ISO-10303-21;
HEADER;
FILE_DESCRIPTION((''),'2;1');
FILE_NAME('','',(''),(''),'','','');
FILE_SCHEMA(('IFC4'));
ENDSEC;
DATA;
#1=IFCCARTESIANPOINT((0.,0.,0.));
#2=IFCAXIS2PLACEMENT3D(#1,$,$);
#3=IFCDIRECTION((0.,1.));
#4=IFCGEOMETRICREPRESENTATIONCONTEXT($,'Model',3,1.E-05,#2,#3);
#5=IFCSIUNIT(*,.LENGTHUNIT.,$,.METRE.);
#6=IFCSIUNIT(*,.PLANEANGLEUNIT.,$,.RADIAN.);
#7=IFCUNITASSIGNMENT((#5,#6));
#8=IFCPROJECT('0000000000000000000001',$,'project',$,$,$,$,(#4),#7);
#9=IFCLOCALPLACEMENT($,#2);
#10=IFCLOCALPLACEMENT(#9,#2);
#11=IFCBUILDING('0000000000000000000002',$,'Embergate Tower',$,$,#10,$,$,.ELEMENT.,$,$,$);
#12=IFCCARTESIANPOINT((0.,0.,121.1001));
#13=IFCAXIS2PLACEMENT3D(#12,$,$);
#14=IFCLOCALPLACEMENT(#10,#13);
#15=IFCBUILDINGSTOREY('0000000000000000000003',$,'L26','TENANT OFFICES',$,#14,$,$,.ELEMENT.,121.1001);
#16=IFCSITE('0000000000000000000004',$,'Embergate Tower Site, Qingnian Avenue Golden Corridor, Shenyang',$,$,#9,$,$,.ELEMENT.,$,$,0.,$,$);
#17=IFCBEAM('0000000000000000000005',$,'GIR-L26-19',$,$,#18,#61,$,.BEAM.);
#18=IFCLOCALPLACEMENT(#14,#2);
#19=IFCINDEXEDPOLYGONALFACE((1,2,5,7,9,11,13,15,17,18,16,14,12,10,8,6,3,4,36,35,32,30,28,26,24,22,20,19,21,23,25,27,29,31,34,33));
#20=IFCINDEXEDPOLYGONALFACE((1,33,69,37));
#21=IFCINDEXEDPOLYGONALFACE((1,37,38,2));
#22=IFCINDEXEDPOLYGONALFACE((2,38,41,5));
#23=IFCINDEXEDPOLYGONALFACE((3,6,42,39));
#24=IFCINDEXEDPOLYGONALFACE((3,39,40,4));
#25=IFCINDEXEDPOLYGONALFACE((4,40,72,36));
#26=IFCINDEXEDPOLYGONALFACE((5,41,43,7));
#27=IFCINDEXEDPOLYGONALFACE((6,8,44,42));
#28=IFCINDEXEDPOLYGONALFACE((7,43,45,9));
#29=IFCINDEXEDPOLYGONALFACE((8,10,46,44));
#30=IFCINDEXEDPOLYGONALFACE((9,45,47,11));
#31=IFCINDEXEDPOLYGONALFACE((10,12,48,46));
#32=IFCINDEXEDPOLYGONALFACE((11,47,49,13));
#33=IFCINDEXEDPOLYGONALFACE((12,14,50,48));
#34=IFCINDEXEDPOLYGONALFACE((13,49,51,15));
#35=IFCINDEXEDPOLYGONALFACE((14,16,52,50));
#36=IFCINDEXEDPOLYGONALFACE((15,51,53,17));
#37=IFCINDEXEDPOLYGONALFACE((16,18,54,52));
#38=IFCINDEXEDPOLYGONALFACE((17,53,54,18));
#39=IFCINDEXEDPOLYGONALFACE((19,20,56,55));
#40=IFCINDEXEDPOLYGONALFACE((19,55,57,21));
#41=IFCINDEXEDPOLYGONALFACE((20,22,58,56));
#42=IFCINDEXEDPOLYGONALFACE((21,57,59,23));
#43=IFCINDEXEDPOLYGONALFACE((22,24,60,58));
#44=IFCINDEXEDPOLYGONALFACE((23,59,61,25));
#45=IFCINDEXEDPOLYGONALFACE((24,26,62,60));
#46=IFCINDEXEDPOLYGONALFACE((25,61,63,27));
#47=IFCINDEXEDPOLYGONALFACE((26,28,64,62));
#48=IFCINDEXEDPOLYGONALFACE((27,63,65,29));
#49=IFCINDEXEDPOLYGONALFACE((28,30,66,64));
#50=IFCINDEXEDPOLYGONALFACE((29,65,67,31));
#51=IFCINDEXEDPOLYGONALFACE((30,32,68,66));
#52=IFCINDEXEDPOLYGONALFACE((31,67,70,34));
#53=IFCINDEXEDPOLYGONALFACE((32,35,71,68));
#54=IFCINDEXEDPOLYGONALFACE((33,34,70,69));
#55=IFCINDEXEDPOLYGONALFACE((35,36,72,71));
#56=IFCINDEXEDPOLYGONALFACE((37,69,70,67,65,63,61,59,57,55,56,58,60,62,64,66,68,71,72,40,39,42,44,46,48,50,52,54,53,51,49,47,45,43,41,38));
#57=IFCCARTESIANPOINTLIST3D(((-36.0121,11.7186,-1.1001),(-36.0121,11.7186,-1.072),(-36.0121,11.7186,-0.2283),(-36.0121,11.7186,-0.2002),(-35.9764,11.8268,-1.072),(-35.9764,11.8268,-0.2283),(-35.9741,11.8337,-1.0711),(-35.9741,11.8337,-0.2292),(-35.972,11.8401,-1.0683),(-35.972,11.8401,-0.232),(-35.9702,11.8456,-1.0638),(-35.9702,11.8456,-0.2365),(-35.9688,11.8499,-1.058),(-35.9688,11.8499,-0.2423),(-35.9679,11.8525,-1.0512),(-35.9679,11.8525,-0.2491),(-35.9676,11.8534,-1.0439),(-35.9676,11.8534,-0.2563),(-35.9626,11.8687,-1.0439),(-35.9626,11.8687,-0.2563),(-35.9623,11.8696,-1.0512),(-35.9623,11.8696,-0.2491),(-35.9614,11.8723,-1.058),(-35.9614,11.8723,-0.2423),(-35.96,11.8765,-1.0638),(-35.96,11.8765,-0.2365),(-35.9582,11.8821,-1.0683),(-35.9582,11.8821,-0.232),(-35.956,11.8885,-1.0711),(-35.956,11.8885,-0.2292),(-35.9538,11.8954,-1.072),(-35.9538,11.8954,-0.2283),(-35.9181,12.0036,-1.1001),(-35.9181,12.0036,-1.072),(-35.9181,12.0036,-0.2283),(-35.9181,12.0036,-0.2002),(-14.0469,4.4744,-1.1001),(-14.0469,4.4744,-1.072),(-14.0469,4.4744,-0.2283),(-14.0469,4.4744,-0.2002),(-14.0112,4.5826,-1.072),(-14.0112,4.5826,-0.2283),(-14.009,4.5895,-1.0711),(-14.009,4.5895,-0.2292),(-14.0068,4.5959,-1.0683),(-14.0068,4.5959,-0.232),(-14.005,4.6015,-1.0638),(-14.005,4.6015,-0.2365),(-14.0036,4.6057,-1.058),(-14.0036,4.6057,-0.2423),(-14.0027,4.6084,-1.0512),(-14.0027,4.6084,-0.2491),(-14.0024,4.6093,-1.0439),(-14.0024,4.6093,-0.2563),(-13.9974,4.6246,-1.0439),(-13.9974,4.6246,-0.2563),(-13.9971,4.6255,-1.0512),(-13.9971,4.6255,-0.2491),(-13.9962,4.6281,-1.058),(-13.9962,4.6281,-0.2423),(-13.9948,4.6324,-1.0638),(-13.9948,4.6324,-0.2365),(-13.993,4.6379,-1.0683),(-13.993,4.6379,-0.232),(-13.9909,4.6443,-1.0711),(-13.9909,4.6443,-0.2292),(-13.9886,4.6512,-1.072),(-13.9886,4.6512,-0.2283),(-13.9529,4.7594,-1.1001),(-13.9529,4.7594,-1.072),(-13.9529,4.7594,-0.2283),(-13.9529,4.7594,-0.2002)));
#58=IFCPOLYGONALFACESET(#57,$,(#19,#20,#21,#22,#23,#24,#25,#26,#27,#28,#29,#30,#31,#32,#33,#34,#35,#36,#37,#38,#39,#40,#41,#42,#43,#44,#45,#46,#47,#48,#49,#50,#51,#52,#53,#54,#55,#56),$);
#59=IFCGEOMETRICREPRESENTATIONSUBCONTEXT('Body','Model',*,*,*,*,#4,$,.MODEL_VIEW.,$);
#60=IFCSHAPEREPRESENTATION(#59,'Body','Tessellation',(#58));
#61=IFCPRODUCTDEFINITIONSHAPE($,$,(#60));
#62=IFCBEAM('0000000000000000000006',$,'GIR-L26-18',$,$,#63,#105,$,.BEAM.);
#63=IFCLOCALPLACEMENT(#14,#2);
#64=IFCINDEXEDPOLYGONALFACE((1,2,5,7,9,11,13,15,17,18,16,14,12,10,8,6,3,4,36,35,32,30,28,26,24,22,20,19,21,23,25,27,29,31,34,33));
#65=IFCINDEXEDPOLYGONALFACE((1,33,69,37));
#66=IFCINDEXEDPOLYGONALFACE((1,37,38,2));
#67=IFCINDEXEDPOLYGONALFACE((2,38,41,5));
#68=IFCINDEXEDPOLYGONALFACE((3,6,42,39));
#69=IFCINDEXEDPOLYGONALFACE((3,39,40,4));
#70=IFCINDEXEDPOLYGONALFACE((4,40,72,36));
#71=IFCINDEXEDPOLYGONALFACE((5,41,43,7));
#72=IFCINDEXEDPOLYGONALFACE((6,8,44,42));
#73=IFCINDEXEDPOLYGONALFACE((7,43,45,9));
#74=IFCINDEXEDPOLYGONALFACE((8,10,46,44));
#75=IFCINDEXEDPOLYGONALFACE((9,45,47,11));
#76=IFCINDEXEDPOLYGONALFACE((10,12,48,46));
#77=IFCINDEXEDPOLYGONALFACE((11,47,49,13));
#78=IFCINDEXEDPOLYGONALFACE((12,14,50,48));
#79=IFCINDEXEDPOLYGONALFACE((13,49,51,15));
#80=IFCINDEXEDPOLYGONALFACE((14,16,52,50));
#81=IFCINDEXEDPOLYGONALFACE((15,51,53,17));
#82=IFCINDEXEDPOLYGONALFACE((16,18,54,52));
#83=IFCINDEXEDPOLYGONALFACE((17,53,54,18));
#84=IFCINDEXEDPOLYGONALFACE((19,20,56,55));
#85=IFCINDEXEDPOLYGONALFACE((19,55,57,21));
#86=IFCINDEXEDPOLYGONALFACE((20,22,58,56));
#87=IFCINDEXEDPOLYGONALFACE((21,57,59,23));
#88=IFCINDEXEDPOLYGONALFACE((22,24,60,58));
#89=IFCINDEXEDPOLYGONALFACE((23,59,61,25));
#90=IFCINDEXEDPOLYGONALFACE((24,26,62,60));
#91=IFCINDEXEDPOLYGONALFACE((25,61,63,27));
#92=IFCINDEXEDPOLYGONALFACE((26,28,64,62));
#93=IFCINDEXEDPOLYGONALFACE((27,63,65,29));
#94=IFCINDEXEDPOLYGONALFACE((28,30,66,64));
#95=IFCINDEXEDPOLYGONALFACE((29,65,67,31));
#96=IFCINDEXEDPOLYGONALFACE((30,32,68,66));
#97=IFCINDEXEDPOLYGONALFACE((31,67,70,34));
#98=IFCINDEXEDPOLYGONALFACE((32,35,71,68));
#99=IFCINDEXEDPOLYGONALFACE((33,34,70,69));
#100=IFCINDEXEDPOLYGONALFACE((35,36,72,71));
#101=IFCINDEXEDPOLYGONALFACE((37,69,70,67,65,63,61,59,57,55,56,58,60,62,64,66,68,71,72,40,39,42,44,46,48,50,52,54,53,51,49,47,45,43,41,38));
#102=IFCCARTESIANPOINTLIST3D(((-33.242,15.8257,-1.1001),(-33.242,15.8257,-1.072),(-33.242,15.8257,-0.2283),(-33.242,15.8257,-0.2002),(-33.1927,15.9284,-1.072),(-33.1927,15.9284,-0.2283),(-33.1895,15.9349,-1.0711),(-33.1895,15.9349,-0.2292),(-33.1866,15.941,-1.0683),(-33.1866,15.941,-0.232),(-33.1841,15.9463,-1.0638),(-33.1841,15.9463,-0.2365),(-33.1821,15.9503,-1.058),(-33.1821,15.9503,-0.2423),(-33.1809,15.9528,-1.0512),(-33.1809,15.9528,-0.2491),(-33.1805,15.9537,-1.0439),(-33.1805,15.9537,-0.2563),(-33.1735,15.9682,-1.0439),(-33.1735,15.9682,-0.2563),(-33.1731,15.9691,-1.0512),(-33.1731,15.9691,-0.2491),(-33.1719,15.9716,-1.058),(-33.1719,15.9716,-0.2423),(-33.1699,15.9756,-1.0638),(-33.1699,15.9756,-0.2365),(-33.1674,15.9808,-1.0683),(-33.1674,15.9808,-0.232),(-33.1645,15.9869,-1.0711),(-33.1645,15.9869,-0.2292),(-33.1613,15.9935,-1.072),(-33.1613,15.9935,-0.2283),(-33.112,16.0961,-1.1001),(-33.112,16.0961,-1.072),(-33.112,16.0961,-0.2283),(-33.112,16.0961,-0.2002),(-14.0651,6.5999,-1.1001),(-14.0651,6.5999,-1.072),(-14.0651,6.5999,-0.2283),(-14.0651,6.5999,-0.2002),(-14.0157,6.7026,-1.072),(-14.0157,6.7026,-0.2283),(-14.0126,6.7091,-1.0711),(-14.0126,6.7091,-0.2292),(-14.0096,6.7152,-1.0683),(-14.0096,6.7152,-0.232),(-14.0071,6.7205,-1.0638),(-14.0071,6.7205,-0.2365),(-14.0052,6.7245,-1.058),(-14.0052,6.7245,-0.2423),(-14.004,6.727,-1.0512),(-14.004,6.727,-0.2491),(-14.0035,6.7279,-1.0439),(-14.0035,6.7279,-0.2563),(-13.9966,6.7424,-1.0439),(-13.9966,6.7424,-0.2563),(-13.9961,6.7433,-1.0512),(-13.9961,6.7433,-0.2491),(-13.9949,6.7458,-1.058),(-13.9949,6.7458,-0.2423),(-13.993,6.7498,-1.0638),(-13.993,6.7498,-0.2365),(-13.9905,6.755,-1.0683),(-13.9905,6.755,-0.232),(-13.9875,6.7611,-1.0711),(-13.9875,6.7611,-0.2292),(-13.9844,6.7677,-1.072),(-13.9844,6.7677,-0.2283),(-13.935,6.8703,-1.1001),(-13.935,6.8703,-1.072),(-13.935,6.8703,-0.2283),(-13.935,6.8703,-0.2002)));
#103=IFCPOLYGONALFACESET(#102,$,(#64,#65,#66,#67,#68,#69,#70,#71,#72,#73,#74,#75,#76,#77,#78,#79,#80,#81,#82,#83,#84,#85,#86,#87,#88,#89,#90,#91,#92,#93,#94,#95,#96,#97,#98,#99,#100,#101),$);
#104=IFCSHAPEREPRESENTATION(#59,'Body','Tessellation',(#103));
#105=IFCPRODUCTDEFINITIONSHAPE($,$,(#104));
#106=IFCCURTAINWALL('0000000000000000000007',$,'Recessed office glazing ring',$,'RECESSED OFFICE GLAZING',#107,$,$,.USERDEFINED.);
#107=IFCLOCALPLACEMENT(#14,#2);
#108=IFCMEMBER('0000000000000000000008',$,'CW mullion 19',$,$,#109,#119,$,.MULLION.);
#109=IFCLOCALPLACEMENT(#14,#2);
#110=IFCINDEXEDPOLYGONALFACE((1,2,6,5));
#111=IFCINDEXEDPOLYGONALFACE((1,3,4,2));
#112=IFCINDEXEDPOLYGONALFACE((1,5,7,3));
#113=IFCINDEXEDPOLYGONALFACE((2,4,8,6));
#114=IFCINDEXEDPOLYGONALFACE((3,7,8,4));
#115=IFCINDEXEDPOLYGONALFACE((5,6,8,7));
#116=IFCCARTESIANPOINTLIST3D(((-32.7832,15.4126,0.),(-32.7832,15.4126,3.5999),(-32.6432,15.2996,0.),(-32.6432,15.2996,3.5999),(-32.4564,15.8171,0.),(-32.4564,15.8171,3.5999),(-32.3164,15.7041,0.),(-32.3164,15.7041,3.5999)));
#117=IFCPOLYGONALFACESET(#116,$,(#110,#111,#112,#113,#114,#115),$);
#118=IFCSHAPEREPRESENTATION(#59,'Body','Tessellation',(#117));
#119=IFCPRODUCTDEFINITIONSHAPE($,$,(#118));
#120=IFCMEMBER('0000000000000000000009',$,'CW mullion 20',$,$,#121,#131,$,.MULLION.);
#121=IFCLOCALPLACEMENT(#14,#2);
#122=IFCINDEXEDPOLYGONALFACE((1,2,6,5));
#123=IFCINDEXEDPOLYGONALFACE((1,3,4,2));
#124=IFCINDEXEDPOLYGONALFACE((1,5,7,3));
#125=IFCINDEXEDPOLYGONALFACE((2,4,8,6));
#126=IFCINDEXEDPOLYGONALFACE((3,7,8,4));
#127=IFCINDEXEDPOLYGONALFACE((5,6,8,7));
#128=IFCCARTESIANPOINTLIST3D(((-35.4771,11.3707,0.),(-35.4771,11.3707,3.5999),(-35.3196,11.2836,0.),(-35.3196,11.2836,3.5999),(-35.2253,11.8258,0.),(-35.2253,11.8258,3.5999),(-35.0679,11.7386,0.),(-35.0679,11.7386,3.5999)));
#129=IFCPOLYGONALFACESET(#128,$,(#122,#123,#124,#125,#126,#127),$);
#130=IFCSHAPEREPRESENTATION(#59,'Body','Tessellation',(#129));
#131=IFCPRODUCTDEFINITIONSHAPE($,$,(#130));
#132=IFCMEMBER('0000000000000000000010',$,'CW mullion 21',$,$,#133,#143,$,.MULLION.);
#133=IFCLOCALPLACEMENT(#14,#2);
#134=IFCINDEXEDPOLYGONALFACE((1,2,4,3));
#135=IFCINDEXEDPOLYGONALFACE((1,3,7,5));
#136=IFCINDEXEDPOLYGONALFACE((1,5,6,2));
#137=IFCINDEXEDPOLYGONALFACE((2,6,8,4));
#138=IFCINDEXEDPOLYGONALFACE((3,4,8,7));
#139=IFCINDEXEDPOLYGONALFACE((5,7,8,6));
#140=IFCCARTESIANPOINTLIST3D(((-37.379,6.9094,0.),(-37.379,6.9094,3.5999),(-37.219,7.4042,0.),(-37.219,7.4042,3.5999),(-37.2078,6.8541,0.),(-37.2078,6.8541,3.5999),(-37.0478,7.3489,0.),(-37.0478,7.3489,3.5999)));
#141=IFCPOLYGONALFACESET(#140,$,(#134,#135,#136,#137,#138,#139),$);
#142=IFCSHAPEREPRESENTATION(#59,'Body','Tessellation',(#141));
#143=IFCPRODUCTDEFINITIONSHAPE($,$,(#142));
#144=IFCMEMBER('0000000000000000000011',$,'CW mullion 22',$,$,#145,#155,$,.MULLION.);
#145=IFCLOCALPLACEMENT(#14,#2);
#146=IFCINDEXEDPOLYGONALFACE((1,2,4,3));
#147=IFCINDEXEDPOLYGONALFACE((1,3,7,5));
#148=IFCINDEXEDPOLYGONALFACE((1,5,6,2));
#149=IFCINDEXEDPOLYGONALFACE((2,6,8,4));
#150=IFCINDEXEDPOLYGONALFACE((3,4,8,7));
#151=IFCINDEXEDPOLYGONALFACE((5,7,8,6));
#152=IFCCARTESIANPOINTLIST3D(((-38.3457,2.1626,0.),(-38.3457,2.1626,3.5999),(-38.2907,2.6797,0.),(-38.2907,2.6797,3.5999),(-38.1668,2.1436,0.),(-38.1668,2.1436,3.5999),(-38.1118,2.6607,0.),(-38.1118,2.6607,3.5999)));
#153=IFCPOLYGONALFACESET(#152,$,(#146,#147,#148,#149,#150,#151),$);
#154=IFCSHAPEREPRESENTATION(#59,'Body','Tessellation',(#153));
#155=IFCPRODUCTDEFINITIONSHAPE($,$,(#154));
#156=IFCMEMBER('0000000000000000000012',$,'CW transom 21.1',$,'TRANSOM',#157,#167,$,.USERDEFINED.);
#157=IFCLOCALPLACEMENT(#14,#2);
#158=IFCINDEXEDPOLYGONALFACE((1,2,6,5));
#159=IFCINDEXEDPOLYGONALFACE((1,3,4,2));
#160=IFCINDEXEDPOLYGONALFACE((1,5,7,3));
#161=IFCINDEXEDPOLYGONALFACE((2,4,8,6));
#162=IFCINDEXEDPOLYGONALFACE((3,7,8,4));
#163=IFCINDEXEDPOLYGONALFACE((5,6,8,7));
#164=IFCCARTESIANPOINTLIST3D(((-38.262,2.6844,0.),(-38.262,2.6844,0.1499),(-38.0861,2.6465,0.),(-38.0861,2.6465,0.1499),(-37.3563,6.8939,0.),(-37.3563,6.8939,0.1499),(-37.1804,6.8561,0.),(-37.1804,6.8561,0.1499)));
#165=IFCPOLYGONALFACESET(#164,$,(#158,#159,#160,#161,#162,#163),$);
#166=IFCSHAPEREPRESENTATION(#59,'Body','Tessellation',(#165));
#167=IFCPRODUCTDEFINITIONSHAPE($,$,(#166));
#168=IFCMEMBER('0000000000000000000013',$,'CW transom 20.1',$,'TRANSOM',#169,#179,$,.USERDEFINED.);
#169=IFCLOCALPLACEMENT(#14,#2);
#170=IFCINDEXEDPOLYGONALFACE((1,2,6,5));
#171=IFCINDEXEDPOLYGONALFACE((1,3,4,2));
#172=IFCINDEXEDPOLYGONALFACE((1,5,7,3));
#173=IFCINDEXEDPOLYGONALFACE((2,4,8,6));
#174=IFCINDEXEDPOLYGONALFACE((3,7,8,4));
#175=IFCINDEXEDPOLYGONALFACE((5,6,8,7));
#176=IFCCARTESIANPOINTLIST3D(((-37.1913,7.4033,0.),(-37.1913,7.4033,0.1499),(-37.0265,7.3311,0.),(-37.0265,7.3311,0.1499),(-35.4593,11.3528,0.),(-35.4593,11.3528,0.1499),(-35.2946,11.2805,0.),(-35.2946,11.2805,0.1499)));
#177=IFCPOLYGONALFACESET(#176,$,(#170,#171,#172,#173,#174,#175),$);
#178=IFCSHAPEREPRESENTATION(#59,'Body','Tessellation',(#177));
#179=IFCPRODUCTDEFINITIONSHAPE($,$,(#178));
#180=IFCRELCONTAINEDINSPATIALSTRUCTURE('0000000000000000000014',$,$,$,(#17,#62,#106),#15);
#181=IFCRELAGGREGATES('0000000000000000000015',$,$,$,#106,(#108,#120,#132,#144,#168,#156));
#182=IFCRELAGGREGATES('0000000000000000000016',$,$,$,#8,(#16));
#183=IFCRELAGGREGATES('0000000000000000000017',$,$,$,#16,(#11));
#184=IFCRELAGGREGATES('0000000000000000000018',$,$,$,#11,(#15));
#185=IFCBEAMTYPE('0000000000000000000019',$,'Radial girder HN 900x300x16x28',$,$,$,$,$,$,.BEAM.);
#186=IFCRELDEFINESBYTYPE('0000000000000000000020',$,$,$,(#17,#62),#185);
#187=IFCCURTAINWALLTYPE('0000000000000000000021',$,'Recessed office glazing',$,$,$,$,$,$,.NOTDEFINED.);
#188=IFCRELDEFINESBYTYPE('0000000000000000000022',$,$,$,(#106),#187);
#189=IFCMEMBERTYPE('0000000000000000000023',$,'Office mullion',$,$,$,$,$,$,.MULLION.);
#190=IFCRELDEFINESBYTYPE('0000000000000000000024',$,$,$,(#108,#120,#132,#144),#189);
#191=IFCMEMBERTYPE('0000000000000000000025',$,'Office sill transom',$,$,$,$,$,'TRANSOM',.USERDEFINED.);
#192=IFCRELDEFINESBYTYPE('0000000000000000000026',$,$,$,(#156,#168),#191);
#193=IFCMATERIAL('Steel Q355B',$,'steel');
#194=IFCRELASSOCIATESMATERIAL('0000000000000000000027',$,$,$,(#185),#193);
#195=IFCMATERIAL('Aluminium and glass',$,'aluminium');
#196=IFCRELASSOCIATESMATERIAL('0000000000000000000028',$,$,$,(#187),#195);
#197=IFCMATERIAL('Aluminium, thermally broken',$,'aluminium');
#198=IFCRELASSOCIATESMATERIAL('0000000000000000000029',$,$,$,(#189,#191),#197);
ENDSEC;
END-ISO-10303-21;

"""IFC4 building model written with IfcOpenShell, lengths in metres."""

from ifc_helpers import new_model, si_unit, direction, frame, origin, origin_2d, place, context, subcontext, project, spatial, rectangle, i_section, extrude, source, transform, mapped, material, material_profile, profile_set, type_object, element, aggregate, save


model = new_model("IFC4")

# Units and contexts
model_context = context("Model", 3, precision=1e-05, world=origin(), true_north=direction((0.0, 1.0)))
body_context = subcontext(model_context, "Body", "Model", "MODEL_VIEW")
ifc_project = project(units=[si_unit("LENGTHUNIT", "METRE"), si_unit("PLANEANGLEUNIT", "RADIAN")], contexts=[model_context])

# Site, building, storey
site_placement = place(None, origin())
site = spatial("IfcSite", under=ifc_project, at=site_placement, Name="Embergate Tower Site, Qingnian Avenue Golden Corridor, Shenyang", CompositionType="ELEMENT", RefElevation=0.0)
building_placement = place(site_placement, origin())
building = spatial("IfcBuilding", under=site, at=building_placement, Name="Embergate Tower", CompositionType="ELEMENT")
storey_placement = place(building_placement, frame((0.0, 0.0, 121.1001)))
storey = spatial("IfcBuildingStorey", under=building, at=storey_placement, Name="L26", Description="TENANT OFFICES", CompositionType="ELEMENT", Elevation=121.1001)

# Beams
ifc_material_1 = material(Name="Steel Q355B", Category="steel")
ifc_material_profile_1 = material_profile(ifc_material_1, i_section(OverallWidth=0.3, OverallDepth=0.8999, WebThickness=0.0161, FlangeThickness=0.0281, FilletRadius=0.0281, at=origin_2d()), Name="HN 900x300x16x28")
ifc_profile_set_1 = profile_set([ifc_material_profile_1], Name="Steel Q355 grade B")
beam_type_1 = type_object("IfcBeamType", Name="Radial girder HN 900x300x16x28", PredefinedType="BEAM", material=ifc_profile_set_1)
shared_shape_1 = source(origin(), body_context, "Body", "SweptSolid", [
    extrude(i_section(OverallWidth=0.3, OverallDepth=0.8999, WebThickness=0.0161, FlangeThickness=0.0281, FilletRadius=0.0281, at=origin_2d()), origin(), (0.0, 0.0, 1.0), 23.1289),
])
beam_1_placement = place(storey_placement, frame((-35.9651, 11.8611, -0.6501), z_axis=(0.949684, -0.313208, 0.0), x_axis=(0.313208, 0.949684, 0.0)))
element("IfcBeam", 1, at=beam_1_placement, inside=storey, type_object=beam_type_1, Name="GIR-L26-19", PredefinedType="BEAM", context=body_context, shape_type="MappedRepresentation", body=[
    mapped(shared_shape_1, transform((0.0, 0.0, 0.0))),
])
shared_shape_2 = source(origin(), body_context, "Body", "SweptSolid", [
    extrude(i_section(OverallWidth=0.3, OverallDepth=0.8999, WebThickness=0.0161, FlangeThickness=0.0281, FilletRadius=0.0281, at=origin_2d()), origin(), (0.0, 0.0, 1.0), 21.2808),
])
beam_2_placement = place(storey_placement, frame((-33.177, 15.9609, -0.6501), z_axis=(0.90114, -0.433528, 0.0), x_axis=(0.433528, 0.90114, 0.0)))
element("IfcBeam", 2, at=beam_2_placement, inside=storey, type_object=beam_type_1, Name="GIR-L26-18", PredefinedType="BEAM", context=body_context, shape_type="MappedRepresentation", body=[
    mapped(shared_shape_2, transform((0.0, 0.0, 0.0))),
])

# Curtain wall, members
ifc_material_2 = material(Name="Aluminium and glass", Category="aluminium")
curtain_wall_type = type_object("IfcCurtainWallType", Name="Recessed office glazing", PredefinedType="NOTDEFINED", material=ifc_material_2)
curtain_wall_placement = place(storey_placement, origin())
curtain_wall = element("IfcCurtainWall", 3, at=curtain_wall_placement, inside=storey, type_object=curtain_wall_type, Name="Recessed office glazing ring", ObjectType="RECESSED OFFICE GLAZING", PredefinedType="USERDEFINED")
ifc_material_3 = material(Name="Aluminium, thermally broken", Category="aluminium")
ifc_material_profile_2 = material_profile(ifc_material_3, rectangle(XDim=0.1799, YDim=0.52, at=origin_2d()), Name="AL 520x180")
ifc_profile_set_2 = profile_set([ifc_material_profile_2], Name="Aluminium, thermally broken")
member_type_1 = type_object("IfcMemberType", Name="Office mullion", PredefinedType="MULLION", material=ifc_profile_set_2)
shared_shape_3 = source(origin(), body_context, "Body", "SweptSolid", [
    extrude(rectangle(XDim=0.1799, YDim=0.52, at=origin_2d()), origin(), (0.0, 0.0, 1.0), 3.5999),
])
member_1_placement = place(storey_placement, frame((-32.5498, 15.5583, 0.0), z_axis=(0.0, 0.0, 1.0), x_axis=(0.777875, -0.628419, 0.0)))
member_1 = element("IfcMember", 4, at=member_1_placement, type_object=member_type_1, Name="CW mullion 19", PredefinedType="MULLION", context=body_context, shape_type="MappedRepresentation", body=[
    mapped(shared_shape_3, transform((0.0, 0.0, 0.0))),
])
member_2_placement = place(storey_placement, frame((-35.2725, 11.5547, 0.0), z_axis=(0.0, 0.0, 1.0), x_axis=(0.875004, -0.484116, 0.0)))
member_2 = element("IfcMember", 5, at=member_2_placement, type_object=member_type_1, Name="CW mullion 20", PredefinedType="MULLION", context=body_context, shape_type="MappedRepresentation", body=[
    mapped(shared_shape_3, transform((0.0, 0.0, 0.0))),
])
member_3_placement = place(storey_placement, frame((-37.2134, 7.1292, 0.0), z_axis=(0.0, 0.0, 1.0), x_axis=(0.951499, -0.307652, 0.0)))
member_3 = element("IfcMember", 6, at=member_3_placement, type_object=member_type_1, Name="CW mullion 21", PredefinedType="MULLION", context=body_context, shape_type="MappedRepresentation", body=[
    mapped(shared_shape_3, transform((0.0, 0.0, 0.0))),
])
member_4_placement = place(storey_placement, frame((-38.2288, 2.4116, 0.0), z_axis=(0.0, 0.0, 1.0), x_axis=(0.994385, -0.105822, 0.0)))
member_4 = element("IfcMember", 7, at=member_4_placement, type_object=member_type_1, Name="CW mullion 22", PredefinedType="MULLION", context=body_context, shape_type="MappedRepresentation", body=[
    mapped(shared_shape_3, transform((0.0, 0.0, 0.0))),
])
ifc_material_profile_3 = material_profile(ifc_material_3, rectangle(XDim=0.1799, YDim=0.1499, at=origin_2d()), Name="AL 150x180")
ifc_profile_set_3 = profile_set([ifc_material_profile_3], Name="Aluminium, thermally broken")
member_type_2 = type_object("IfcMemberType", Name="Office sill transom", ElementType="TRANSOM", PredefinedType="USERDEFINED", material=ifc_profile_set_3)
shared_shape_4 = source(origin(), body_context, "Body", "SweptSolid", [
    extrude(rectangle(XDim=0.1799, YDim=0.1499, at=origin_2d()), origin(), (0.0, 0.0, 1.0), 4.3059),
])
member_5_placement = place(storey_placement, frame((-37.2683, 6.875, 0.075), z_axis=(-0.210358, -0.977624, 0.0), x_axis=(0.977624, -0.210358, 0.0)))
member_5 = element("IfcMember", 8, at=member_5_placement, type_object=member_type_2, Name="CW transom 21.1", ObjectType="TRANSOM", PredefinedType="USERDEFINED", context=body_context, shape_type="MappedRepresentation", body=[
    mapped(shared_shape_4, transform((0.0, 0.0, 0.0))),
])
shared_shape_5 = source(origin(), body_context, "Body", "SweptSolid", [
    extrude(rectangle(XDim=0.1799, YDim=0.1499, at=origin_2d()), origin(), (0.0, 0.0, 1.0), 4.3125),
])
member_6_placement = place(storey_placement, frame((-35.377, 11.3167, 0.075), z_axis=(-0.401606, -0.915813, 0.0), x_axis=(0.915813, -0.401606, 0.0)))
member_6 = element("IfcMember", 9, at=member_6_placement, type_object=member_type_2, Name="CW transom 20.1", ObjectType="TRANSOM", PredefinedType="USERDEFINED", context=body_context, shape_type="MappedRepresentation", body=[
    mapped(shared_shape_5, transform((0.0, 0.0, 0.0))),
])
aggregate(curtain_wall, [member_1, member_2, member_3, member_4, member_6, member_5])

save(model, "model.ifc")
